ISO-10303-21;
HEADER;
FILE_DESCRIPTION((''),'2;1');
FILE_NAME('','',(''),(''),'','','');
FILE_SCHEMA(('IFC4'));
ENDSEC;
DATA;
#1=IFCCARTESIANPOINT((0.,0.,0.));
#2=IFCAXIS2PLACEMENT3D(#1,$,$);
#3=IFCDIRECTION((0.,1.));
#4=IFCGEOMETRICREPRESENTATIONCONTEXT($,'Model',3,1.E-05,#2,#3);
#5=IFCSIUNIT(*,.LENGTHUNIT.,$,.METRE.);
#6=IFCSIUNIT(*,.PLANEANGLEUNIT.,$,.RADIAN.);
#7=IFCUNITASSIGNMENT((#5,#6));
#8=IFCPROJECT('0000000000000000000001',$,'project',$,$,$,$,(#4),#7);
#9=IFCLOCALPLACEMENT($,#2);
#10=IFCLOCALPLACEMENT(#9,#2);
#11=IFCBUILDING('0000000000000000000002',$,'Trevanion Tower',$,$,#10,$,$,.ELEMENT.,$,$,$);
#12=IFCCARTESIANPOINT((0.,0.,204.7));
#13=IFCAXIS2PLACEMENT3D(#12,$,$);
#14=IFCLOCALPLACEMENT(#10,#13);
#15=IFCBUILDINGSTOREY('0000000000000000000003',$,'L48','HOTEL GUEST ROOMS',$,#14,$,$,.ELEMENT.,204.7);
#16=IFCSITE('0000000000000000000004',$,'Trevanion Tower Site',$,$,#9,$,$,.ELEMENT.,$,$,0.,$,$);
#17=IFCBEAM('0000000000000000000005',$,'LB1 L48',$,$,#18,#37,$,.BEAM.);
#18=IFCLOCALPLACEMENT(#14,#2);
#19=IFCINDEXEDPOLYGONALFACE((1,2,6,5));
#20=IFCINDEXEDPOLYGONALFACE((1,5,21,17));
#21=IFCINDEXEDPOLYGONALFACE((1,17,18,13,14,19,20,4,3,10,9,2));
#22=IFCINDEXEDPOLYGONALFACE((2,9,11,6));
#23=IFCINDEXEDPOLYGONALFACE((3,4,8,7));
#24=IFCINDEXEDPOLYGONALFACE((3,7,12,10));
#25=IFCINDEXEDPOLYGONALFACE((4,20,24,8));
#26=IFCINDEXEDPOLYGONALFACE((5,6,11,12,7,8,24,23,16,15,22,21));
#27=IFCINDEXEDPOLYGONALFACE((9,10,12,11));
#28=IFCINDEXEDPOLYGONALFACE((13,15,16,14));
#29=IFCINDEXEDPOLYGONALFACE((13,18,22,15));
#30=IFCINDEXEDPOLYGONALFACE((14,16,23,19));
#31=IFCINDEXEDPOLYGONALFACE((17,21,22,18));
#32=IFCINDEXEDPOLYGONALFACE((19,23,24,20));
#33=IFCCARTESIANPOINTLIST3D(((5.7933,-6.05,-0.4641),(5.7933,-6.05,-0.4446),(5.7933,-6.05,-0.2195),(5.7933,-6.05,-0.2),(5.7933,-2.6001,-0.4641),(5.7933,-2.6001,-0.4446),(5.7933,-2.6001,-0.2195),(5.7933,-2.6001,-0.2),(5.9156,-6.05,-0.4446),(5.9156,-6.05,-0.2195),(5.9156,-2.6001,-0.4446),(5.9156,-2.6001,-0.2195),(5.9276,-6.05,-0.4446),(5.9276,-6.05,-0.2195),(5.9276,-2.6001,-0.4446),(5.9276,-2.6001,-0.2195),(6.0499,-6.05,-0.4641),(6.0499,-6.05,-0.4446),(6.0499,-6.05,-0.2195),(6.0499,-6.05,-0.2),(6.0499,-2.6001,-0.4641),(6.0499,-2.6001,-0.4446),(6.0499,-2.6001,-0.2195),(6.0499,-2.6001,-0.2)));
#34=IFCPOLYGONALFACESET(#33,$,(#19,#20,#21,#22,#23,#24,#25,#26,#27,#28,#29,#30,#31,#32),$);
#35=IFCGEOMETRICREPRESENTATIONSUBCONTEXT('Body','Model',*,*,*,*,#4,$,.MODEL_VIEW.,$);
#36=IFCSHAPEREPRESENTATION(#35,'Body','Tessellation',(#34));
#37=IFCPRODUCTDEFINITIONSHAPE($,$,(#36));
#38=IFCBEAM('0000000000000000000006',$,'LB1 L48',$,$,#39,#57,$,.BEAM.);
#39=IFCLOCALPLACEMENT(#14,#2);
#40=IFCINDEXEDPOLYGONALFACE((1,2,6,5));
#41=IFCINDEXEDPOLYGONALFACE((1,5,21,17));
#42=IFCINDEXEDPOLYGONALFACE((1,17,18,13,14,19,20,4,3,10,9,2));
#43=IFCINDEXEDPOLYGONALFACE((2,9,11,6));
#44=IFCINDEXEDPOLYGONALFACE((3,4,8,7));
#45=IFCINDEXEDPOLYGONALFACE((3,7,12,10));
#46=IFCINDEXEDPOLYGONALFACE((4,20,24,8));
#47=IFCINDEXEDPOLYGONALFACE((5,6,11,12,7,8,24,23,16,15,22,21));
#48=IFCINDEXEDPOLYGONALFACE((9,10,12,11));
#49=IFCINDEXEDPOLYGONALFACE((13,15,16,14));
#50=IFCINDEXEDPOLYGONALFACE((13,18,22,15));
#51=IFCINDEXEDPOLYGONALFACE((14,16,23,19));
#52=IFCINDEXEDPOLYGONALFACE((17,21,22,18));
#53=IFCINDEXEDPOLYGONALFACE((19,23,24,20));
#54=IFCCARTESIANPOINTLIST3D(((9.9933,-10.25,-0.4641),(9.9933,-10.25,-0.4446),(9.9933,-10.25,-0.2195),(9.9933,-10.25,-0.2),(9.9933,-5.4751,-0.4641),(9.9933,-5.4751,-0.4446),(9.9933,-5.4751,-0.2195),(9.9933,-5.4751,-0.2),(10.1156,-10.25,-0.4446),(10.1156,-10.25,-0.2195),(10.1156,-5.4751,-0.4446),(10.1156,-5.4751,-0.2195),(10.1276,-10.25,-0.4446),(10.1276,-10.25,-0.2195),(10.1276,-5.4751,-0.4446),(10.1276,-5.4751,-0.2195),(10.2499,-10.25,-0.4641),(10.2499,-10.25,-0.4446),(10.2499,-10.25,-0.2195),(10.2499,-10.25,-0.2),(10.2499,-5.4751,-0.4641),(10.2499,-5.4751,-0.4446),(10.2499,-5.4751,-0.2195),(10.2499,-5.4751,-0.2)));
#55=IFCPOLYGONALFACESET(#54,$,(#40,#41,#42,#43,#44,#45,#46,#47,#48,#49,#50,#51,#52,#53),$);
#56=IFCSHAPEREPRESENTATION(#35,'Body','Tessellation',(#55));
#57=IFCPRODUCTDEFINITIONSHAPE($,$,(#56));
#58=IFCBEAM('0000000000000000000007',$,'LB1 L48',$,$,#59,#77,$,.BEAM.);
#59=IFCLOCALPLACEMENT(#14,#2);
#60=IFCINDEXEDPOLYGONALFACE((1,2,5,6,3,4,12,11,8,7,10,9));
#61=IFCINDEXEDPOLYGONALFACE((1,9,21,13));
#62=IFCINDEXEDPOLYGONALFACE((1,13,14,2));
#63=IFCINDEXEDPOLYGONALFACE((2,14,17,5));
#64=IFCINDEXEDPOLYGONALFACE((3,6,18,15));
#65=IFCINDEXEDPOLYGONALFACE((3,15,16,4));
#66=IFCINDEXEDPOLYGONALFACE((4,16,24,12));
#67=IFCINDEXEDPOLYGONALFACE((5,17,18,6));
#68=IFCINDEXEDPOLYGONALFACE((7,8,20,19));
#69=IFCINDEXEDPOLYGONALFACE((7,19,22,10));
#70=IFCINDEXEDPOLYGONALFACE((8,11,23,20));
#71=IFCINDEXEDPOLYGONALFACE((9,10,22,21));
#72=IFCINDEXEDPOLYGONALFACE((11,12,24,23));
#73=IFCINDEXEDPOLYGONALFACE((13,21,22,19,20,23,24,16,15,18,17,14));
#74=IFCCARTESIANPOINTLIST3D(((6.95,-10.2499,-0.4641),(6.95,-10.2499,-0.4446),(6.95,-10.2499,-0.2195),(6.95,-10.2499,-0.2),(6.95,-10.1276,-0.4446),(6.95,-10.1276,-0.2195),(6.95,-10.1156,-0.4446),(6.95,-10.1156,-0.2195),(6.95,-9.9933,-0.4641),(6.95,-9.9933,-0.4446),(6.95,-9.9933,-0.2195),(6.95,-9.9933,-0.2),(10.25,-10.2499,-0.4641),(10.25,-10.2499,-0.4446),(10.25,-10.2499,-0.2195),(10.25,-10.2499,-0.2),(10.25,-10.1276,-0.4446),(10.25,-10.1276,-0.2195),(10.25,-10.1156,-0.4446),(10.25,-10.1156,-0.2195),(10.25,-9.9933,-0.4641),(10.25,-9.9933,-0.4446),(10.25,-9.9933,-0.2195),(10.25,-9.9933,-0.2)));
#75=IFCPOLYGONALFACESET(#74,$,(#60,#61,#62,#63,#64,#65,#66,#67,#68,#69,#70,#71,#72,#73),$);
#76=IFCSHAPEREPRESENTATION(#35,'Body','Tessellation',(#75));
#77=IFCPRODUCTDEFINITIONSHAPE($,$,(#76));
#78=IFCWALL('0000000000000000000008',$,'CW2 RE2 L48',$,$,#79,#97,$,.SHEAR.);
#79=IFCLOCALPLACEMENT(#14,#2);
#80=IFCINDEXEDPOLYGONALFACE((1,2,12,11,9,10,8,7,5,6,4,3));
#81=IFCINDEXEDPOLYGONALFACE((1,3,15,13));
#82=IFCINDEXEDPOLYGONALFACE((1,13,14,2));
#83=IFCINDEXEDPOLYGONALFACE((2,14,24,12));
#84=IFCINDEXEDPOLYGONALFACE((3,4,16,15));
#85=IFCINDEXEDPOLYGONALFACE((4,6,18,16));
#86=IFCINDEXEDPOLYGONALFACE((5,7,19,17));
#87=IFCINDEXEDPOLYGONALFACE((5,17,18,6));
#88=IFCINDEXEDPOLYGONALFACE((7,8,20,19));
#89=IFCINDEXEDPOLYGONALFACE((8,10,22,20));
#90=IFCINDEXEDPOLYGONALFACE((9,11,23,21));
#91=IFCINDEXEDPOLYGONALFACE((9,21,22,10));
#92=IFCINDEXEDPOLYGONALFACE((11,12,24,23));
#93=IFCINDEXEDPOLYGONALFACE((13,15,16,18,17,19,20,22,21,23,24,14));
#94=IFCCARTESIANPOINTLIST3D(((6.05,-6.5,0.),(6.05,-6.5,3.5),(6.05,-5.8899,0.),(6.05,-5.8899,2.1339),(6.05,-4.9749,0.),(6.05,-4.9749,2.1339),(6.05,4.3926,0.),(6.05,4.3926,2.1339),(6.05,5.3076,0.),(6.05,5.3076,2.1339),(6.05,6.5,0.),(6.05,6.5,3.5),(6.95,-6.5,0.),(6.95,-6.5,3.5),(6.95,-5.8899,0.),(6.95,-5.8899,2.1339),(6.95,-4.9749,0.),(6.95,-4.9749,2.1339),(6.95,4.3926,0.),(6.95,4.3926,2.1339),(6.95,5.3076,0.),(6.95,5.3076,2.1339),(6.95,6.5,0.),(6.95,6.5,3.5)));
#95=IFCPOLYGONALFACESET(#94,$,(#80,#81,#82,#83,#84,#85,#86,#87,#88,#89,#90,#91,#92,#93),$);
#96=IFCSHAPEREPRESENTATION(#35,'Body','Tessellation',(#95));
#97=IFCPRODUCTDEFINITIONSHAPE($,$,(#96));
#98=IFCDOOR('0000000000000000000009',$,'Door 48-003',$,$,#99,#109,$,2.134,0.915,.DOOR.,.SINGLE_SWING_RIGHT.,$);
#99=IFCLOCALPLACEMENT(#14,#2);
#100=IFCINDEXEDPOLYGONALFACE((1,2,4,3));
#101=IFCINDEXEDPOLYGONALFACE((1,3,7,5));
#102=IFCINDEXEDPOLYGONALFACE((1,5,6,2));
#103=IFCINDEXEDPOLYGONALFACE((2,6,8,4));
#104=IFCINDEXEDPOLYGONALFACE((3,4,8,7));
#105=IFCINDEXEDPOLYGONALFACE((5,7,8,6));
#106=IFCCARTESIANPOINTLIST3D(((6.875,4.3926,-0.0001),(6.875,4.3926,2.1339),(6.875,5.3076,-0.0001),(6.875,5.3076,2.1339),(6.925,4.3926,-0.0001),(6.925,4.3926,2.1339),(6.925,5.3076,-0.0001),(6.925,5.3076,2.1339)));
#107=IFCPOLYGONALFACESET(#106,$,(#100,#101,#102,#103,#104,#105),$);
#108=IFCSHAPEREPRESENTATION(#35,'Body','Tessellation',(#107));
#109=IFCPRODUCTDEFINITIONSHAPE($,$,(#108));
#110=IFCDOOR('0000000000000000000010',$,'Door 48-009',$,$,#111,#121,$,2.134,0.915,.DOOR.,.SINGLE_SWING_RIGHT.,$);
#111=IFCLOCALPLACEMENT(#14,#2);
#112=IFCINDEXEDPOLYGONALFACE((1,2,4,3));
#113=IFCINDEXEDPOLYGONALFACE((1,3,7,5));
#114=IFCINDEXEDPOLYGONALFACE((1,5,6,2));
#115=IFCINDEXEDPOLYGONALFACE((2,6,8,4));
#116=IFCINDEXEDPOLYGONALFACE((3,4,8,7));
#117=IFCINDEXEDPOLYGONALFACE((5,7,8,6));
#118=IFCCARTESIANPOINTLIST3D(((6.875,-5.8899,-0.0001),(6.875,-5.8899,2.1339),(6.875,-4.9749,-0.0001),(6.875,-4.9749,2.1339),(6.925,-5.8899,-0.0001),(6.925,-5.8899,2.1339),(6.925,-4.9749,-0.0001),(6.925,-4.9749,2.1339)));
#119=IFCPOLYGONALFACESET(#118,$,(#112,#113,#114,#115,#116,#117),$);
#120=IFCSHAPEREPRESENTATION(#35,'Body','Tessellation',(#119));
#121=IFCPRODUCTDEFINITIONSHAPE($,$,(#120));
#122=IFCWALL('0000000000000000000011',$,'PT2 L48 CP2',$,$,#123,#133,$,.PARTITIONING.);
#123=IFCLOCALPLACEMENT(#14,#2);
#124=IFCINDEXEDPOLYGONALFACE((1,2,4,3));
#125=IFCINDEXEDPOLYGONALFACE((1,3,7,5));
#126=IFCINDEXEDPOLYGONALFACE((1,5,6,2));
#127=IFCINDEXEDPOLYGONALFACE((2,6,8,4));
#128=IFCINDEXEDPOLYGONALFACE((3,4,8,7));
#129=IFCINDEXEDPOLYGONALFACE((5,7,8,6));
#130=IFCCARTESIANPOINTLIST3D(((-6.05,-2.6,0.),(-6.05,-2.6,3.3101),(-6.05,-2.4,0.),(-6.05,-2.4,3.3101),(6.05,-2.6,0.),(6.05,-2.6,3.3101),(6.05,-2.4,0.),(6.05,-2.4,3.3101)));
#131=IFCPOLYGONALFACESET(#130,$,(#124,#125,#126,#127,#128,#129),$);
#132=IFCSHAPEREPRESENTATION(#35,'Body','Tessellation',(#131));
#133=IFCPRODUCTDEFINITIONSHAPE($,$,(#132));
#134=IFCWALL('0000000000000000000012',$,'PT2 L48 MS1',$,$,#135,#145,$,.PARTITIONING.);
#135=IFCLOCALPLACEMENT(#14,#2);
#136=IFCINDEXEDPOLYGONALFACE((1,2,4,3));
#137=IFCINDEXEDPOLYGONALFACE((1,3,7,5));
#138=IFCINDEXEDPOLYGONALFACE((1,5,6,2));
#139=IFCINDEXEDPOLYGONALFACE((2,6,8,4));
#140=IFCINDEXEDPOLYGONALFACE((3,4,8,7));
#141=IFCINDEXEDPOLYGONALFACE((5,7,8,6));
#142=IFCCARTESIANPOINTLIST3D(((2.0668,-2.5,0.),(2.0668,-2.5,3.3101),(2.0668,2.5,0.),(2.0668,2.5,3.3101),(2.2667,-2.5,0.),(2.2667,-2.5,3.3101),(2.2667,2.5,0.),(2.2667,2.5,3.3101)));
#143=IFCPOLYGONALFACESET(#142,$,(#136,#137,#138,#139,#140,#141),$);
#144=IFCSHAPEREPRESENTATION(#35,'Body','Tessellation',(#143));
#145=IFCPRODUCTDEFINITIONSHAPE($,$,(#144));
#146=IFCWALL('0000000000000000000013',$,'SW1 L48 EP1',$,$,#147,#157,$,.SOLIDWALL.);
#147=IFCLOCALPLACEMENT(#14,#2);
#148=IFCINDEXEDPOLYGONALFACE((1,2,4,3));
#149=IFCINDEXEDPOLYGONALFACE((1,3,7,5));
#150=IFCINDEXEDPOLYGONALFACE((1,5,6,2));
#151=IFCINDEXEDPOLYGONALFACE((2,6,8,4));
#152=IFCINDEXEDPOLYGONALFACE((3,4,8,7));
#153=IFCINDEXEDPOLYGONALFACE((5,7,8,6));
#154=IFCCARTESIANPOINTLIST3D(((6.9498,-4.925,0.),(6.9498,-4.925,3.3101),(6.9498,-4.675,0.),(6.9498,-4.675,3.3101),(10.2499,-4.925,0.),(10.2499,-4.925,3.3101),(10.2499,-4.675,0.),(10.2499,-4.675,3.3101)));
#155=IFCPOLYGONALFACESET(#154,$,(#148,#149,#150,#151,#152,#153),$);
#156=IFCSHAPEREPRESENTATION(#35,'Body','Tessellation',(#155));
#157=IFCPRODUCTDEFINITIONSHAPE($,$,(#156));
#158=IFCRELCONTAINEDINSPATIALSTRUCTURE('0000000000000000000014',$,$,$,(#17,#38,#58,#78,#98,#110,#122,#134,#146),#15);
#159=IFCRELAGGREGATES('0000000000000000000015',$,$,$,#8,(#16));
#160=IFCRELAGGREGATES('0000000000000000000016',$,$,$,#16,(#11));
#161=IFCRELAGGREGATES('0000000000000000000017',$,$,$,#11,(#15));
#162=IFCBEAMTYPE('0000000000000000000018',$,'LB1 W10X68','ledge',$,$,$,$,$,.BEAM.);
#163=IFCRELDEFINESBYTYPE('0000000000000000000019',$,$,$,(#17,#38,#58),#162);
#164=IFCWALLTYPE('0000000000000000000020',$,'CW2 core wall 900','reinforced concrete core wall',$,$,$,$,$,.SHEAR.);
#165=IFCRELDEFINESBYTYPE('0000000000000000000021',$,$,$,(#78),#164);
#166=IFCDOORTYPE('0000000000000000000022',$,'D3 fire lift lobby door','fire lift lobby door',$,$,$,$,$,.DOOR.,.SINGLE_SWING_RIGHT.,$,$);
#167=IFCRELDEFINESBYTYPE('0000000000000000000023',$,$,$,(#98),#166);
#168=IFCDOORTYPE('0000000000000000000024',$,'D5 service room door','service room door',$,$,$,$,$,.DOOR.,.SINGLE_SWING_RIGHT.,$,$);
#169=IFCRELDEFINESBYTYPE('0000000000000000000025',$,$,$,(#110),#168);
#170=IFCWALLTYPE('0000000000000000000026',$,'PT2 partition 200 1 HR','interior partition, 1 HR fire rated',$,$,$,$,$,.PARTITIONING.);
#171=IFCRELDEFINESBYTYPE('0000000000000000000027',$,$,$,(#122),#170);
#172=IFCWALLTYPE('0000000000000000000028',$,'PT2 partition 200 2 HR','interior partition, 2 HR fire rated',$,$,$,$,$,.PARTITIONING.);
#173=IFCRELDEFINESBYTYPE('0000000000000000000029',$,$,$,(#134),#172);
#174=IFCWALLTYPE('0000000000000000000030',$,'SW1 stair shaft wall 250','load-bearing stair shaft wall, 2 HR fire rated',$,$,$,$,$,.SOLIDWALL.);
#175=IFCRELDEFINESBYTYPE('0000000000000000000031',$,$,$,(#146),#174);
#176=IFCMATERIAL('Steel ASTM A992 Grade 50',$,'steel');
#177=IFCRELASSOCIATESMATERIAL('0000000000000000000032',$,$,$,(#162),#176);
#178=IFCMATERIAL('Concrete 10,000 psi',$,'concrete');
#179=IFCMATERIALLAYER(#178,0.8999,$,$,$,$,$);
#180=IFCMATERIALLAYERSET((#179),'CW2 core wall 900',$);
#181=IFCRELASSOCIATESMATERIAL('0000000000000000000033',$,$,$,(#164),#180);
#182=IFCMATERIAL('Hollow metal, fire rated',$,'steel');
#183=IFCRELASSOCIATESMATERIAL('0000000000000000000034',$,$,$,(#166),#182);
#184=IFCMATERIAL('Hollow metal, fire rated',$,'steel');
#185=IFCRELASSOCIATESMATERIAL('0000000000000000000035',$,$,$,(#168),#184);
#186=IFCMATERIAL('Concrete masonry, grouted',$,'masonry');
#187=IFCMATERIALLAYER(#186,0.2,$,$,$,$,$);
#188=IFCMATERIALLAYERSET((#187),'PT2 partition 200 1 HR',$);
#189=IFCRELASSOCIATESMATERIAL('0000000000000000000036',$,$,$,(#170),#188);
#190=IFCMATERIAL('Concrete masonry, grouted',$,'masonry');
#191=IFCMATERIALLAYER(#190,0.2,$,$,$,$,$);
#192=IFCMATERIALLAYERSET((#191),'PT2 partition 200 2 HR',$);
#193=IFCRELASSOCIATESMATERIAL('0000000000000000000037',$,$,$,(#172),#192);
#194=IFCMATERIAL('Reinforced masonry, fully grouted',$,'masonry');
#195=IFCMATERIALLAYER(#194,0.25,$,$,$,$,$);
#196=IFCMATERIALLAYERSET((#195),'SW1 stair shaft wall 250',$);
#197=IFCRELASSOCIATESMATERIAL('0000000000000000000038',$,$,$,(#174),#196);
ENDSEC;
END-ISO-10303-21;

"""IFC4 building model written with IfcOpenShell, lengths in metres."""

from ifc_helpers import new_model, si_unit, direction, frame, frame_2d, origin, origin_2d, place, context, subcontext, project, spatial, rectangle, i_section, extrude, material, layer, layer_set, material_profile, profile_set, type_object, element, fill, save


model = new_model("IFC4")

# Units and contexts
model_context = context("Model", 3, precision=1e-05, world=origin(), true_north=direction((0.0, 1.0)))
body_context = subcontext(model_context, "Body", "Model", "MODEL_VIEW")
ifc_project = project(units=[si_unit("LENGTHUNIT", "METRE"), si_unit("PLANEANGLEUNIT", "RADIAN")], contexts=[model_context])

# Site, building, storey
site_placement = place(None, origin())
site = spatial("IfcSite", under=ifc_project, at=site_placement, Name="Trevanion Tower Site", CompositionType="ELEMENT", RefElevation=0.0)
building_placement = place(site_placement, origin())
building = spatial("IfcBuilding", under=site, at=building_placement, Name="Trevanion Tower", CompositionType="ELEMENT")
storey_placement = place(building_placement, frame((0.0, 0.0, 204.7)))
storey = spatial("IfcBuildingStorey", under=building, at=storey_placement, Name="L48", Description="HOTEL GUEST ROOMS", CompositionType="ELEMENT", Elevation=204.7)

# Beams
ifc_material_1 = material(Name="Steel ASTM A992 Grade 50", Category="steel")
ifc_material_profile = material_profile(ifc_material_1, i_section(OverallWidth=0.2566, OverallDepth=0.2642, WebThickness=0.012, FlangeThickness=0.0195, at=origin_2d()), Name="W10X68")
ifc_profile_set = profile_set([ifc_material_profile], Name="Steel ASTM A992 Grade 50")
beam_type = type_object("IfcBeamType", Name="LB1 W10X68", Description="ledge", PredefinedType="BEAM", material=ifc_profile_set)
beam_1_placement = place(storey_placement, frame((5.9216, -6.05, -0.332), z_axis=(0.0, 1.0, 0.0), x_axis=(-1.0, 0.0, 0.0)))
element("IfcBeam", 1, at=beam_1_placement, inside=storey, type_object=beam_type, Name="LB1 L48", PredefinedType="BEAM", context=body_context, shape_type="SweptSolid", body=[
    extrude(i_section(OverallWidth=0.2566, OverallDepth=0.2642, WebThickness=0.012, FlangeThickness=0.0195, at=origin_2d()), origin(), (0.0, 0.0, 1.0), 3.45),
])
beam_2_placement = place(storey_placement, frame((10.1216, -10.25, -0.332), z_axis=(0.0, 1.0, 0.0), x_axis=(-1.0, 0.0, 0.0)))
element("IfcBeam", 2, at=beam_2_placement, inside=storey, type_object=beam_type, Name="LB1 L48", PredefinedType="BEAM", context=body_context, shape_type="SweptSolid", body=[
    extrude(i_section(OverallWidth=0.2566, OverallDepth=0.2642, WebThickness=0.012, FlangeThickness=0.0195, at=origin_2d()), origin(), (0.0, 0.0, 1.0), 4.7749),
])
beam_3_placement = place(storey_placement, frame((6.95, -10.1216, -0.332), z_axis=(1.0, 0.0, 0.0), x_axis=(0.0, 1.0, 0.0)))
element("IfcBeam", 3, at=beam_3_placement, inside=storey, type_object=beam_type, Name="LB1 L48", PredefinedType="BEAM", context=body_context, shape_type="SweptSolid", body=[
    extrude(i_section(OverallWidth=0.2566, OverallDepth=0.2642, WebThickness=0.012, FlangeThickness=0.0195, at=origin_2d()), origin(), (0.0, 0.0, 1.0), 3.3),
])

# Wall, openings, doors
ifc_material_2 = material(Name="Concrete 10,000 psi", Category="concrete")
ifc_layer_1 = layer(ifc_material_2, 0.8999)
ifc_layer_set_1 = layer_set([ifc_layer_1], Name="CW2 core wall 900")
wall_type_1 = type_object("IfcWallType", Name="CW2 core wall 900", Description="reinforced concrete core wall", PredefinedType="SHEAR", material=ifc_layer_set_1)
wall_1_placement = place(storey_placement, frame((6.5, -6.5, 0.0), z_axis=(0.0, 0.0, 1.0), x_axis=(0.0, 1.0, 0.0)))
wall_1 = element("IfcWall", 4, at=wall_1_placement, inside=storey, type_object=wall_type_1, Name="CW2 RE2 L48", PredefinedType="SHEAR", context=body_context, shape_type="SweptSolid", body=[
    extrude(rectangle(XDim=13.0, YDim=0.8999, at=frame_2d((6.5, 0.0))), origin(), (0.0, 0.0, 1.0), 3.5),
])
opening_1_placement = place(wall_1_placement, frame((10.8926, 0.0, 0.0)))
opening_1 = element("IfcOpeningElement", 5, at=opening_1_placement, cuts=wall_1, PredefinedType="OPENING", context=body_context, shape_type="SweptSolid", body=[
    extrude(rectangle(XDim=0.915, YDim=2.134, at=frame_2d((0.4575, 1.0669))), frame((0.0, 0.46, 0.0), z_axis=(0.0, -1.0, 0.0), x_axis=(1.0, 0.0, 0.0)), (0.0, 0.0, 1.0), 0.9199),
])
opening_2_placement = place(wall_1_placement, frame((0.6101, 0.0, 0.0)))
opening_2 = element("IfcOpeningElement", 6, at=opening_2_placement, cuts=wall_1, PredefinedType="OPENING", context=body_context, shape_type="SweptSolid", body=[
    extrude(rectangle(XDim=0.915, YDim=2.134, at=frame_2d((0.4575, 1.0669))), frame((0.0, 0.46, 0.0), z_axis=(0.0, -1.0, 0.0), x_axis=(1.0, 0.0, 0.0)), (0.0, 0.0, 1.0), 0.9199),
])
ifc_material_3 = material(Name="Hollow metal, fire rated", Category="steel")
door_type_1 = type_object("IfcDoorType", Name="D3 fire lift lobby door", Description="fire lift lobby door", OperationType="SINGLE_SWING_RIGHT", PredefinedType="DOOR", material=ifc_material_3)
door_1_placement = place(opening_1_placement, origin())
door_1 = element("IfcDoor", 7, at=door_1_placement, inside=storey, type_object=door_type_1, Name="Door 48-003", OperationType="SINGLE_SWING_RIGHT", OverallHeight=2.134, OverallWidth=0.915, PredefinedType="DOOR", context=body_context, shape_type="SweptSolid", body=[
    extrude(rectangle(XDim=0.915, YDim=2.134, at=frame_2d((0.4575, 1.0669))), frame((0.0, -0.375, 0.0), z_axis=(0.0, -1.0, 0.0), x_axis=(1.0, 0.0, 0.0)), (0.0, 0.0, 1.0), 0.05),
])
fill(opening_1, door_1)
ifc_material_4 = material(Name="Hollow metal, fire rated", Category="steel")
door_type_2 = type_object("IfcDoorType", Name="D5 service room door", Description="service room door", OperationType="SINGLE_SWING_RIGHT", PredefinedType="DOOR", material=ifc_material_4)
door_2_placement = place(opening_2_placement, origin())
door_2 = element("IfcDoor", 8, at=door_2_placement, inside=storey, type_object=door_type_2, Name="Door 48-009", OperationType="SINGLE_SWING_RIGHT", OverallHeight=2.134, OverallWidth=0.915, PredefinedType="DOOR", context=body_context, shape_type="SweptSolid", body=[
    extrude(rectangle(XDim=0.915, YDim=2.134, at=frame_2d((0.4575, 1.0669))), frame((0.0, -0.375, 0.0), z_axis=(0.0, -1.0, 0.0), x_axis=(1.0, 0.0, 0.0)), (0.0, 0.0, 1.0), 0.05),
])
fill(opening_2, door_2)

# Walls
ifc_material_5 = material(Name="Concrete masonry, grouted", Category="masonry")
ifc_layer_2 = layer(ifc_material_5, 0.2)
ifc_layer_set_2 = layer_set([ifc_layer_2], Name="PT2 partition 200 1 HR")
wall_type_2 = type_object("IfcWallType", Name="PT2 partition 200 1 HR", Description="interior partition, 1 HR fire rated", PredefinedType="PARTITIONING", material=ifc_layer_set_2)
wall_2_placement = place(storey_placement, frame((6.05, -2.5, 0.0), z_axis=(0.0, 0.0, 1.0), x_axis=(-1.0, 0.0, 0.0)))
element("IfcWall", 9, at=wall_2_placement, inside=storey, type_object=wall_type_2, Name="PT2 L48 CP2", PredefinedType="PARTITIONING", context=body_context, shape_type="SweptSolid", body=[
    extrude(rectangle(XDim=12.1001, YDim=0.2, at=frame_2d((6.05, 0.0))), origin(), (0.0, 0.0, 1.0), 3.3101),
])
ifc_material_6 = material(Name="Concrete masonry, grouted", Category="masonry")
ifc_layer_3 = layer(ifc_material_6, 0.2)
ifc_layer_set_3 = layer_set([ifc_layer_3], Name="PT2 partition 200 2 HR")
wall_type_3 = type_object("IfcWallType", Name="PT2 partition 200 2 HR", Description="interior partition, 2 HR fire rated", PredefinedType="PARTITIONING", material=ifc_layer_set_3)
wall_3_placement = place(storey_placement, frame((2.1667, -2.5, 0.0), z_axis=(0.0, 0.0, 1.0), x_axis=(0.0, 1.0, 0.0)))
element("IfcWall", 10, at=wall_3_placement, inside=storey, type_object=wall_type_3, Name="PT2 L48 MS1", PredefinedType="PARTITIONING", context=body_context, shape_type="SweptSolid", body=[
    extrude(rectangle(XDim=5.0, YDim=0.2, at=frame_2d((2.5, 0.0))), origin(), (0.0, 0.0, 1.0), 3.3101),
])
ifc_material_7 = material(Name="Reinforced masonry, fully grouted", Category="masonry")
ifc_layer_4 = layer(ifc_material_7, 0.25)
ifc_layer_set_4 = layer_set([ifc_layer_4], Name="SW1 stair shaft wall 250")
wall_type_4 = type_object("IfcWallType", Name="SW1 stair shaft wall 250", Description="load-bearing stair shaft wall, 2 HR fire rated", PredefinedType="SOLIDWALL", material=ifc_layer_set_4)
wall_4_placement = place(storey_placement, frame((6.95, -4.8, 0.0), z_axis=(0.0, 0.0, 1.0), x_axis=(1.0, 0.0, 0.0)))
element("IfcWall", 11, at=wall_4_placement, inside=storey, type_object=wall_type_4, Name="SW1 L48 EP1", PredefinedType="SOLIDWALL", context=body_context, shape_type="SweptSolid", body=[
    extrude(rectangle(XDim=3.3, YDim=0.25, at=frame_2d((1.6499, 0.0))), origin(), (0.0, 0.0, 1.0), 3.3101),
])

save(model, "model.ifc")
